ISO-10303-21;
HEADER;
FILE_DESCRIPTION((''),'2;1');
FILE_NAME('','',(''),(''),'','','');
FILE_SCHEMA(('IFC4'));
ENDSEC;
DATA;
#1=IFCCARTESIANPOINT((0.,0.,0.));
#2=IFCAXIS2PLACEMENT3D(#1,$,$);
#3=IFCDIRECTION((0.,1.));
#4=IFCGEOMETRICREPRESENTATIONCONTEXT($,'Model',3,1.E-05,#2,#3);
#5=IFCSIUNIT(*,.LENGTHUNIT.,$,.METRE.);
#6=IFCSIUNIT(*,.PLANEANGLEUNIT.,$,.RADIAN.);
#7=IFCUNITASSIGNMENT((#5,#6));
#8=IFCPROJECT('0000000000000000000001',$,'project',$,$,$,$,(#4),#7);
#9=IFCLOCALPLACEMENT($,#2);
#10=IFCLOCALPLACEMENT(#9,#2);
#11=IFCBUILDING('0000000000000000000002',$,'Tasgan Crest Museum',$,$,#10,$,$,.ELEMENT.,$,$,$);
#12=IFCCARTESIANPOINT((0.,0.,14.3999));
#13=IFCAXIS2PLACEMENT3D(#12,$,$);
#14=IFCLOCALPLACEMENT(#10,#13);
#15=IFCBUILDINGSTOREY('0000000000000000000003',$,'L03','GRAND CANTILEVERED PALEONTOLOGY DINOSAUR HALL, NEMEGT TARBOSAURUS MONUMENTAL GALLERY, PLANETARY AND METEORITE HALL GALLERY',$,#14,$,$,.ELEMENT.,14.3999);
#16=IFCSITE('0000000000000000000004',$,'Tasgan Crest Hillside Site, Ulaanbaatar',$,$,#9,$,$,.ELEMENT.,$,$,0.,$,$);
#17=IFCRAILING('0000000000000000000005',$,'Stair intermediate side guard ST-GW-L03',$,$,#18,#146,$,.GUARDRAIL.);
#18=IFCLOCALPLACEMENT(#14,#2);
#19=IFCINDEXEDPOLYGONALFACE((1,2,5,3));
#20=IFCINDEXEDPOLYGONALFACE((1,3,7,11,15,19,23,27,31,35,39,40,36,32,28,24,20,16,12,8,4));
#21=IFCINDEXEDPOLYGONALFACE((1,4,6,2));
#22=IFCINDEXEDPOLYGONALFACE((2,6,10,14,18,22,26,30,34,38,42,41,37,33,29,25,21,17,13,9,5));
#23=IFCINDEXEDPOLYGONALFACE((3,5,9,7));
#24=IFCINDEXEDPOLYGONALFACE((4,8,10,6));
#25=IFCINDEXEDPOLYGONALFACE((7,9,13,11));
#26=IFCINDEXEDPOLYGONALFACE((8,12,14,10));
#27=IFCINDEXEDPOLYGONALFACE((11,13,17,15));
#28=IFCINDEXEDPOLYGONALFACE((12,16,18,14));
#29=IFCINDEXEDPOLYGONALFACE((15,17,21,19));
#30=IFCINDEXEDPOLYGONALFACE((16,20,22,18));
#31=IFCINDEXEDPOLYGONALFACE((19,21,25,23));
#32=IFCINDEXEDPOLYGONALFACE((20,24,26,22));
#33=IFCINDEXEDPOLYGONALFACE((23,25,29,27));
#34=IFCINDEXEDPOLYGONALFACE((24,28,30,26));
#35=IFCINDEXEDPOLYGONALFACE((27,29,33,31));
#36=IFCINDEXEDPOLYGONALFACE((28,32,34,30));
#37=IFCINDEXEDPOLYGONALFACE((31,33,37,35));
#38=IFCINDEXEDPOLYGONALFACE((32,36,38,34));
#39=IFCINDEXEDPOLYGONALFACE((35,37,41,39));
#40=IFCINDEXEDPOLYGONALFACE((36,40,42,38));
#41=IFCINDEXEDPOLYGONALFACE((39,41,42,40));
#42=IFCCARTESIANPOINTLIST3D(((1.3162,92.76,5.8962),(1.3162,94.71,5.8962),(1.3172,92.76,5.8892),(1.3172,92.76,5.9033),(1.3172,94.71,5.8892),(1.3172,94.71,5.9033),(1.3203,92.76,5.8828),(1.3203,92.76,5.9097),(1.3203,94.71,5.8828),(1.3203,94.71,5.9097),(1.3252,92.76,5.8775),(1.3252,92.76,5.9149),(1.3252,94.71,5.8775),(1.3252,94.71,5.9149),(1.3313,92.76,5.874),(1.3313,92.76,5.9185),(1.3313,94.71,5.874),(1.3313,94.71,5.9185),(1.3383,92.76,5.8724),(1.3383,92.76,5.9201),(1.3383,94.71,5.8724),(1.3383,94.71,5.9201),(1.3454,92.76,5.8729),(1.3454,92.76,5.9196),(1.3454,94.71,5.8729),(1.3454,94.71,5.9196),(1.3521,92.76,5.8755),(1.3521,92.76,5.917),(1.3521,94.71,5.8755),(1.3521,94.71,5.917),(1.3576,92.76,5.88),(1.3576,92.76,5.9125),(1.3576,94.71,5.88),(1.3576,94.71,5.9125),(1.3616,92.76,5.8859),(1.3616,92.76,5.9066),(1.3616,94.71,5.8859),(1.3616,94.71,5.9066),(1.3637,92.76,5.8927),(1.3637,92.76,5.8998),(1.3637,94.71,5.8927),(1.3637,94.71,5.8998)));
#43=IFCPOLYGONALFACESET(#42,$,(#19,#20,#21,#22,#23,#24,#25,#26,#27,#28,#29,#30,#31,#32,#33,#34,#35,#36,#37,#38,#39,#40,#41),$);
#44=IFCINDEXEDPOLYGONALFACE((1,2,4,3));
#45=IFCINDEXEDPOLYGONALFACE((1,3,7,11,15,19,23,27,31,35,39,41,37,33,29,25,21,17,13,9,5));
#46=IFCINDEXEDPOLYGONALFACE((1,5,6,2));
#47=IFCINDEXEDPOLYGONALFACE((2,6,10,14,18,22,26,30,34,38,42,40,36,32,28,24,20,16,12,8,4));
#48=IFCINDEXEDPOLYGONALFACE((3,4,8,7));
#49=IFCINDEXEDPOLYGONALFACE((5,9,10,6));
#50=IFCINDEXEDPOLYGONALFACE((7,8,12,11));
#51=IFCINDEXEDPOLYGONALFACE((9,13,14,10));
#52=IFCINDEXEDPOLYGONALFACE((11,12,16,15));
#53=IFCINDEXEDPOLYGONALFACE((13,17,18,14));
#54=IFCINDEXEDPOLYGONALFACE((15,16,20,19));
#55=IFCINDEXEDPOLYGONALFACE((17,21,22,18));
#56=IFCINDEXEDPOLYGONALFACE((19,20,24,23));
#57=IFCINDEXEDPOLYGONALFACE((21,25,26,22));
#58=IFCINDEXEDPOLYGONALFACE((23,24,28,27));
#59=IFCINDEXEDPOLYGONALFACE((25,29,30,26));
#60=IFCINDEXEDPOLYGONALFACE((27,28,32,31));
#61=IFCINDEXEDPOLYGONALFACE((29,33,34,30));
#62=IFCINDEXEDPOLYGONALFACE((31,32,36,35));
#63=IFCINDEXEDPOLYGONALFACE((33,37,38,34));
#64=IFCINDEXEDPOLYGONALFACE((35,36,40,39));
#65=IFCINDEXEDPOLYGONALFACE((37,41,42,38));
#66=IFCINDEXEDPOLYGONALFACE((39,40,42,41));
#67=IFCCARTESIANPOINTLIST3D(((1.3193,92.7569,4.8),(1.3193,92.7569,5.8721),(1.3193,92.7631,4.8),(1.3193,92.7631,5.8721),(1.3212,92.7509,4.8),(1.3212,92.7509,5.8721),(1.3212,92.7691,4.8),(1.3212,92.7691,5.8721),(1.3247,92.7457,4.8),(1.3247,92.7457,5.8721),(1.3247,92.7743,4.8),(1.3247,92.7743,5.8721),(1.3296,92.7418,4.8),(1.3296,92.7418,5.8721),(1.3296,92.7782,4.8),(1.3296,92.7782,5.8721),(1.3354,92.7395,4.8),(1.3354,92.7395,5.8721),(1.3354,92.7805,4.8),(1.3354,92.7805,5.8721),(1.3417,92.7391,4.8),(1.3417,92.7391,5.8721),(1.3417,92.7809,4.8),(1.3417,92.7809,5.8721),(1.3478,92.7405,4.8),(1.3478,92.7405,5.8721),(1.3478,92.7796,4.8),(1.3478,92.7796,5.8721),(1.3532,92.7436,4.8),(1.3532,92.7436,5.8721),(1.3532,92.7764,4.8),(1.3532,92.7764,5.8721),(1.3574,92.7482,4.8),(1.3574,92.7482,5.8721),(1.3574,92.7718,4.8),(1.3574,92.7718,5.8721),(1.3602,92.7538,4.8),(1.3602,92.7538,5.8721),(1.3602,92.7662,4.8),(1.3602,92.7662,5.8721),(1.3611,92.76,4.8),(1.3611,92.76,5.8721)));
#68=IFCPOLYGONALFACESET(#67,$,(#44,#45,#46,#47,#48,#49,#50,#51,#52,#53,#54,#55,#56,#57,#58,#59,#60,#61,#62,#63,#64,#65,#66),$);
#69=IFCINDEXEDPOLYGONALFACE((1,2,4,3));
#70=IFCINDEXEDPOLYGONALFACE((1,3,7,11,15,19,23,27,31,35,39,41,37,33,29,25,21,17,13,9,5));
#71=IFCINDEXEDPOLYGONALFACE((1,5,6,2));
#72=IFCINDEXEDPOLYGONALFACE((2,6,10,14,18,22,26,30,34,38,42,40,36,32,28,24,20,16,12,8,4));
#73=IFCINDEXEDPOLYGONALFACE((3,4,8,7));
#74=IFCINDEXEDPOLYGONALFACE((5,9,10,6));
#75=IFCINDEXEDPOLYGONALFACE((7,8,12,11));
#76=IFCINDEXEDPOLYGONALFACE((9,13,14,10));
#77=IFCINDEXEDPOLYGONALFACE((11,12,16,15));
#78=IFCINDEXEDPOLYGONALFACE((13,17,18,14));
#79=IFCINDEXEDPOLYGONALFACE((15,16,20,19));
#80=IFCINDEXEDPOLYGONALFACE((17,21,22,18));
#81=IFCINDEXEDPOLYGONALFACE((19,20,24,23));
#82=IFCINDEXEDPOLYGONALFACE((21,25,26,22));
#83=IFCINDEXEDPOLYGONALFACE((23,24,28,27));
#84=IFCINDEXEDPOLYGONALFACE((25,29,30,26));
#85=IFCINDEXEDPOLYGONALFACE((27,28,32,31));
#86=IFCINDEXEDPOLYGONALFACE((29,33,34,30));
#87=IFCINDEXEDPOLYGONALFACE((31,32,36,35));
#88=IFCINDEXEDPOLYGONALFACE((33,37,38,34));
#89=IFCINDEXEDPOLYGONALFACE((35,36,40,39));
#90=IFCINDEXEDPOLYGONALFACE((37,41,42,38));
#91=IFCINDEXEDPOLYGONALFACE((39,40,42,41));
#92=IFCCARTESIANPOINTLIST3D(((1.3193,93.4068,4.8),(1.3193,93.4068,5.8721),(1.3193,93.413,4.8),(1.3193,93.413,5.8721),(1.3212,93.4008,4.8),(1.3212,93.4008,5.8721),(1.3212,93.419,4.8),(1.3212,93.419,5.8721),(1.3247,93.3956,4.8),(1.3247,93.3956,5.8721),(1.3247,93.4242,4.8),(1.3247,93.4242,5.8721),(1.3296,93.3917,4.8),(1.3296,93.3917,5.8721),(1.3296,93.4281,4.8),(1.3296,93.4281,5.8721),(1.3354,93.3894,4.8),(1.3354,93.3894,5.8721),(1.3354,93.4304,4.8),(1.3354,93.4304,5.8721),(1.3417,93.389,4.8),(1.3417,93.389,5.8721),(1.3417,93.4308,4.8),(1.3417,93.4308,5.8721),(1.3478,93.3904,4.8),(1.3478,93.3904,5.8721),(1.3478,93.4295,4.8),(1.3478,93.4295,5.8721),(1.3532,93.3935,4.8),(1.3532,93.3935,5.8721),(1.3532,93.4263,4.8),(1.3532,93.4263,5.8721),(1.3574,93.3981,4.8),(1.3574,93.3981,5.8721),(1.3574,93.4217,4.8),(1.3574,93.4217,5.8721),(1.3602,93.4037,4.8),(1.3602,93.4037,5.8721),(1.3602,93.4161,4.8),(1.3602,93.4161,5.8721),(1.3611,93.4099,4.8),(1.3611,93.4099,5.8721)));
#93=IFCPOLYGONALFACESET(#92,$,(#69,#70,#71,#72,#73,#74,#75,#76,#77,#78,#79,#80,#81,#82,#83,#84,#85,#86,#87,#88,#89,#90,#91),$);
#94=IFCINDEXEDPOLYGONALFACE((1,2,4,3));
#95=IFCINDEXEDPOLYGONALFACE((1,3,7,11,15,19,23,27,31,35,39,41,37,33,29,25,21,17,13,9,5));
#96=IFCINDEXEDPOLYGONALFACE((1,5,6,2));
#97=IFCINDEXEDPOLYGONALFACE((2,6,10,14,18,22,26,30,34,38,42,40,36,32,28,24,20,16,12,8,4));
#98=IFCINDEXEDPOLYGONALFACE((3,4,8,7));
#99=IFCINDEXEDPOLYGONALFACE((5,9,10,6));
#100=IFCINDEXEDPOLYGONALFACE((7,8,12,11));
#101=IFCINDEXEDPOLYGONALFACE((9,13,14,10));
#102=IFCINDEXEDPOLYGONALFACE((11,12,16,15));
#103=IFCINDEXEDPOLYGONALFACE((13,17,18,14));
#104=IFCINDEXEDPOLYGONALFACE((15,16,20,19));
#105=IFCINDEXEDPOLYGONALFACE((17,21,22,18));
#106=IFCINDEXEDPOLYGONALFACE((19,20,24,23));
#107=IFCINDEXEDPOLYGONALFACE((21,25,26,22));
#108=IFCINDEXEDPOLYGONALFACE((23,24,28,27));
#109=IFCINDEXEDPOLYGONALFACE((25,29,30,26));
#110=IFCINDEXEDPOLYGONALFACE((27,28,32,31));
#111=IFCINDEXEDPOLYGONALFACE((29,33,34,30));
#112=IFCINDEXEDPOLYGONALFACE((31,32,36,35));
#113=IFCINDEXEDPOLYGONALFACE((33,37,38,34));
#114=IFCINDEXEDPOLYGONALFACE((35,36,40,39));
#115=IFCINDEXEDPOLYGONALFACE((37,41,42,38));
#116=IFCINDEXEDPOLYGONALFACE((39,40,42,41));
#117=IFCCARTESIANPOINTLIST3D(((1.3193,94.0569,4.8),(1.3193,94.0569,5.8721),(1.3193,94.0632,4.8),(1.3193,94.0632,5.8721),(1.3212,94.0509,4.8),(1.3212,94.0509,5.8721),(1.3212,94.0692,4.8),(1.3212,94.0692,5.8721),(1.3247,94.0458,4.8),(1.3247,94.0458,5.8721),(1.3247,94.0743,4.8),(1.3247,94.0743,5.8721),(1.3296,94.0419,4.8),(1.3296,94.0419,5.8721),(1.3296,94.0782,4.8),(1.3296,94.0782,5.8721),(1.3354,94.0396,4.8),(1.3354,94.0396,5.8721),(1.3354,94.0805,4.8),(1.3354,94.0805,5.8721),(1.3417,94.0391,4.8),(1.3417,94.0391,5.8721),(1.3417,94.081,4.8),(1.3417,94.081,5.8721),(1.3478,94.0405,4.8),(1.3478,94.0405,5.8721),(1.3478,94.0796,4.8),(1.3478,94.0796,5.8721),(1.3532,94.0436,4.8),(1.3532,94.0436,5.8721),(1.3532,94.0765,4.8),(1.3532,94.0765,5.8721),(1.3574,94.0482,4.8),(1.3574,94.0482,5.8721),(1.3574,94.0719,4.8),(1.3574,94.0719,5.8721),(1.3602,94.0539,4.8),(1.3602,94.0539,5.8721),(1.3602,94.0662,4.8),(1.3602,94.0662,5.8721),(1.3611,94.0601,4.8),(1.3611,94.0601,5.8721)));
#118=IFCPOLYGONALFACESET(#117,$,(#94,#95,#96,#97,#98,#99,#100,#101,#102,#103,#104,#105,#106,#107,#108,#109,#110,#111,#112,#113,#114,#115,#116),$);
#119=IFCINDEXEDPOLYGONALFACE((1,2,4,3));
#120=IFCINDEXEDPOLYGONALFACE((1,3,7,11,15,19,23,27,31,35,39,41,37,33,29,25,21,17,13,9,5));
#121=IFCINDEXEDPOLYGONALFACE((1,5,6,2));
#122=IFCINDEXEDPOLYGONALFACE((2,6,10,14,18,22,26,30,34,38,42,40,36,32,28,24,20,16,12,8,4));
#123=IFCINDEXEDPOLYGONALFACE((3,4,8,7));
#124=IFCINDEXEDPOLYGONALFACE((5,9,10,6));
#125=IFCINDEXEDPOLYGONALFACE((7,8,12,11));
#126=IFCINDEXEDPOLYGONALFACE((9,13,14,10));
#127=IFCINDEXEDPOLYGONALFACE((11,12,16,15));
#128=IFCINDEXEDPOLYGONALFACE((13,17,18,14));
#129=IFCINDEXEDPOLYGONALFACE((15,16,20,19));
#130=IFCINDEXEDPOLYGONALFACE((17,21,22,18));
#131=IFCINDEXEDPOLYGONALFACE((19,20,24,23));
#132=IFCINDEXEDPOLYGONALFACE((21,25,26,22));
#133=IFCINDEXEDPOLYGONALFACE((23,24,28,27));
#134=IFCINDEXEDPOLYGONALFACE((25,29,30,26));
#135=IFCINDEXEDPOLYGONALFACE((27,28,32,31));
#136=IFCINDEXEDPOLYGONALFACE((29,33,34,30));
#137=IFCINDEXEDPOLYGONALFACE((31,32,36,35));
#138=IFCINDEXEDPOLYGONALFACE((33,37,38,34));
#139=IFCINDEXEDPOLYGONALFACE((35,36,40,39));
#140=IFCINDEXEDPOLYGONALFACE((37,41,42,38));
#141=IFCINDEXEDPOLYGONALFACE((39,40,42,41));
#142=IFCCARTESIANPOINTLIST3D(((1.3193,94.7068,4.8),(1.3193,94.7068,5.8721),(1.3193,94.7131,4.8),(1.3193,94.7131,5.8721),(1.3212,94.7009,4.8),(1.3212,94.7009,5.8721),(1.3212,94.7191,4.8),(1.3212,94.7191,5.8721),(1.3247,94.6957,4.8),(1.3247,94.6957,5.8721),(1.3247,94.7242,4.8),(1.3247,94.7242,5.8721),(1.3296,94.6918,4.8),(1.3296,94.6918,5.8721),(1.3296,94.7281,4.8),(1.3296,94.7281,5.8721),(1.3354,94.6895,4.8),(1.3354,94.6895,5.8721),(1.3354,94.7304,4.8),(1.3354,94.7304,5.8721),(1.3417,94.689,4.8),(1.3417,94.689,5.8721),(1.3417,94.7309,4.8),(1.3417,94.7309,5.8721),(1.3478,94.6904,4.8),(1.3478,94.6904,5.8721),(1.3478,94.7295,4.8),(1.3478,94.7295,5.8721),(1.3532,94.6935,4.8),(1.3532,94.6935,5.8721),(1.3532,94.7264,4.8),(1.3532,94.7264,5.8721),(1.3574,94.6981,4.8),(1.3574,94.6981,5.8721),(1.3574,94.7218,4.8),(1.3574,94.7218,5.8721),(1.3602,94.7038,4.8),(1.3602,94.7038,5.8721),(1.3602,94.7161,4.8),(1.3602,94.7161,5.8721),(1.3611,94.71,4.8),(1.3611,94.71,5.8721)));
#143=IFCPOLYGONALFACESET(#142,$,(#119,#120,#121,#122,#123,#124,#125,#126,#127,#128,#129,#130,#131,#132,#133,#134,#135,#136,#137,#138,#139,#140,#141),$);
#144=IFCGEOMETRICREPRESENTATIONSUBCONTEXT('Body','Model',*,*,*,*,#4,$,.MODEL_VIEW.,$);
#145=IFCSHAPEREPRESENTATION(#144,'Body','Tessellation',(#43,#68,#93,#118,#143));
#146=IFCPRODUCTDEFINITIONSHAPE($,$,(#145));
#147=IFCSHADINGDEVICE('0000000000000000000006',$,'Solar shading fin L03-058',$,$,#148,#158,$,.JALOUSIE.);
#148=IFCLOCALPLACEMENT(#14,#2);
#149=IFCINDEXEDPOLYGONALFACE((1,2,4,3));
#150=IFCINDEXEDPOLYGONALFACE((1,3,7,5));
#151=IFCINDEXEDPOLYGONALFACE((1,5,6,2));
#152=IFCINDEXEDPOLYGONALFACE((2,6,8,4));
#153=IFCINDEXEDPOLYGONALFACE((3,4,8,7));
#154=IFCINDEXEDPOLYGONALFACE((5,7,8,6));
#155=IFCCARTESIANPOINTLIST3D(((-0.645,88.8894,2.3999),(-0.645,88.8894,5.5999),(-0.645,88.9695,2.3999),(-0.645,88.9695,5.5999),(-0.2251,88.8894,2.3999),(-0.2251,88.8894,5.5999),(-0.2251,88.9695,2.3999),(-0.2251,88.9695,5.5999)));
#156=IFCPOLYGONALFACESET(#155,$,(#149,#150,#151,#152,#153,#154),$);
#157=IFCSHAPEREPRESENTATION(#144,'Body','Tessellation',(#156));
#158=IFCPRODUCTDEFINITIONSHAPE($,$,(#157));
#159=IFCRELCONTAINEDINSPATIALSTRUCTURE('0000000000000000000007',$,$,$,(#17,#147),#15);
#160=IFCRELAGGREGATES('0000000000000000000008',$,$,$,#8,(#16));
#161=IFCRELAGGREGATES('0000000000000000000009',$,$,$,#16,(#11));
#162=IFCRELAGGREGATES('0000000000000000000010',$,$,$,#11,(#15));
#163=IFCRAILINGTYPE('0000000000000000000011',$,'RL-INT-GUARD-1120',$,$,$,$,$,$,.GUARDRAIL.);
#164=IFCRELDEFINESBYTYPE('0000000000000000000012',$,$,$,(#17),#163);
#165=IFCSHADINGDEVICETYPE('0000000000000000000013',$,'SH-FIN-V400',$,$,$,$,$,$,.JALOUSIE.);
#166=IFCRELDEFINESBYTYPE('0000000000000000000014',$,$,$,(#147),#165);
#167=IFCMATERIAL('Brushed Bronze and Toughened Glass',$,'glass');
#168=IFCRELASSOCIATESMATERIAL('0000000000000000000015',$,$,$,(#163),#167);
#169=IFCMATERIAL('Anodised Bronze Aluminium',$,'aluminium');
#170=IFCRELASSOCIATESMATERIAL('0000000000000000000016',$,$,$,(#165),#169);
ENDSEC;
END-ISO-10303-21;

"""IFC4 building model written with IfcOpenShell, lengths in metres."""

from ifc_helpers import new_model, si_unit, direction, frame, origin, origin_2d, place, context, subcontext, project, spatial, rectangle, circle, extrude, material, type_object, element, save


model = new_model("IFC4")

# Units and contexts
model_context = context("Model", 3, precision=1e-05, world=origin(), true_north=direction((0.0, 1.0)))
body_context = subcontext(model_context, "Body", "Model", "MODEL_VIEW")
ifc_project = project(units=[si_unit("LENGTHUNIT", "METRE"), si_unit("PLANEANGLEUNIT", "RADIAN")], contexts=[model_context])

# Site, building, storey
site_placement = place(None, origin())
site = spatial("IfcSite", under=ifc_project, at=site_placement, Name="Tasgan Crest Hillside Site, Ulaanbaatar", CompositionType="ELEMENT", RefElevation=0.0)
building_placement = place(site_placement, origin())
building = spatial("IfcBuilding", under=site, at=building_placement, Name="Tasgan Crest Museum", CompositionType="ELEMENT")
storey_placement = place(building_placement, frame((0.0, 0.0, 14.3999)))
storey = spatial("IfcBuildingStorey", under=building, at=storey_placement, Name="L03", Description="GRAND CANTILEVERED PALEONTOLOGY DINOSAUR HALL, NEMEGT TARBOSAURUS MONUMENTAL GALLERY, PLANETARY AND METEORITE HALL GALLERY", CompositionType="ELEMENT", Elevation=14.3999)

# Railing
ifc_material_1 = material(Name="Brushed Bronze and Toughened Glass", Category="glass")
railing_type = type_object("IfcRailingType", Name="RL-INT-GUARD-1120", PredefinedType="GUARDRAIL", material=ifc_material_1)
railing_1_placement = place(storey_placement, frame((1.3401, 92.76, 4.8)))
element("IfcRailing", 1, at=railing_1_placement, inside=storey, type_object=railing_type, Name="Stair intermediate side guard ST-GW-L03", PredefinedType="GUARDRAIL", context=body_context, shape_type="SweptSolid", body=[
    extrude(circle(Radius=0.0239, at=origin_2d()), frame((0.0, 0.0, 1.0962), z_axis=(0.0, 1.0, 0.0), x_axis=(-1.0, 0.0, 0.0)), (0.0, 0.0, 1.0), 1.95),
    extrude(circle(Radius=0.021, at=origin_2d()), origin(), (0.0, 0.0, 1.0), 1.072),
    extrude(circle(Radius=0.021, at=origin_2d()), frame((0.0, 0.6499, 0.0)), (0.0, 0.0, 1.0), 1.072),
    extrude(circle(Radius=0.021, at=origin_2d()), frame((0.0, 1.3, 0.0)), (0.0, 0.0, 1.0), 1.072),
    extrude(circle(Radius=0.021, at=origin_2d()), frame((0.0, 1.95, 0.0)), (0.0, 0.0, 1.0), 1.072),
])

# Shading device
ifc_material_2 = material(Name="Anodised Bronze Aluminium", Category="aluminium")
shading_device_type = type_object("IfcShadingDeviceType", Name="SH-FIN-V400", PredefinedType="JALOUSIE", material=ifc_material_2)
shading_device_placement = place(storey_placement, frame((-0.4351, 88.9294, 2.3999), z_axis=(0.0, 0.0, 1.0), x_axis=(0.0, -1.0, 0.0)))
element("IfcShadingDevice", 2, at=shading_device_placement, inside=storey, type_object=shading_device_type, Name="Solar shading fin L03-058", PredefinedType="JALOUSIE", context=body_context, shape_type="SweptSolid", body=[
    extrude(rectangle(XDim=0.0801, YDim=0.4199, at=origin_2d()), origin(), (0.0, 0.0, 1.0), 3.2),
])

save(model, "model.ifc")
